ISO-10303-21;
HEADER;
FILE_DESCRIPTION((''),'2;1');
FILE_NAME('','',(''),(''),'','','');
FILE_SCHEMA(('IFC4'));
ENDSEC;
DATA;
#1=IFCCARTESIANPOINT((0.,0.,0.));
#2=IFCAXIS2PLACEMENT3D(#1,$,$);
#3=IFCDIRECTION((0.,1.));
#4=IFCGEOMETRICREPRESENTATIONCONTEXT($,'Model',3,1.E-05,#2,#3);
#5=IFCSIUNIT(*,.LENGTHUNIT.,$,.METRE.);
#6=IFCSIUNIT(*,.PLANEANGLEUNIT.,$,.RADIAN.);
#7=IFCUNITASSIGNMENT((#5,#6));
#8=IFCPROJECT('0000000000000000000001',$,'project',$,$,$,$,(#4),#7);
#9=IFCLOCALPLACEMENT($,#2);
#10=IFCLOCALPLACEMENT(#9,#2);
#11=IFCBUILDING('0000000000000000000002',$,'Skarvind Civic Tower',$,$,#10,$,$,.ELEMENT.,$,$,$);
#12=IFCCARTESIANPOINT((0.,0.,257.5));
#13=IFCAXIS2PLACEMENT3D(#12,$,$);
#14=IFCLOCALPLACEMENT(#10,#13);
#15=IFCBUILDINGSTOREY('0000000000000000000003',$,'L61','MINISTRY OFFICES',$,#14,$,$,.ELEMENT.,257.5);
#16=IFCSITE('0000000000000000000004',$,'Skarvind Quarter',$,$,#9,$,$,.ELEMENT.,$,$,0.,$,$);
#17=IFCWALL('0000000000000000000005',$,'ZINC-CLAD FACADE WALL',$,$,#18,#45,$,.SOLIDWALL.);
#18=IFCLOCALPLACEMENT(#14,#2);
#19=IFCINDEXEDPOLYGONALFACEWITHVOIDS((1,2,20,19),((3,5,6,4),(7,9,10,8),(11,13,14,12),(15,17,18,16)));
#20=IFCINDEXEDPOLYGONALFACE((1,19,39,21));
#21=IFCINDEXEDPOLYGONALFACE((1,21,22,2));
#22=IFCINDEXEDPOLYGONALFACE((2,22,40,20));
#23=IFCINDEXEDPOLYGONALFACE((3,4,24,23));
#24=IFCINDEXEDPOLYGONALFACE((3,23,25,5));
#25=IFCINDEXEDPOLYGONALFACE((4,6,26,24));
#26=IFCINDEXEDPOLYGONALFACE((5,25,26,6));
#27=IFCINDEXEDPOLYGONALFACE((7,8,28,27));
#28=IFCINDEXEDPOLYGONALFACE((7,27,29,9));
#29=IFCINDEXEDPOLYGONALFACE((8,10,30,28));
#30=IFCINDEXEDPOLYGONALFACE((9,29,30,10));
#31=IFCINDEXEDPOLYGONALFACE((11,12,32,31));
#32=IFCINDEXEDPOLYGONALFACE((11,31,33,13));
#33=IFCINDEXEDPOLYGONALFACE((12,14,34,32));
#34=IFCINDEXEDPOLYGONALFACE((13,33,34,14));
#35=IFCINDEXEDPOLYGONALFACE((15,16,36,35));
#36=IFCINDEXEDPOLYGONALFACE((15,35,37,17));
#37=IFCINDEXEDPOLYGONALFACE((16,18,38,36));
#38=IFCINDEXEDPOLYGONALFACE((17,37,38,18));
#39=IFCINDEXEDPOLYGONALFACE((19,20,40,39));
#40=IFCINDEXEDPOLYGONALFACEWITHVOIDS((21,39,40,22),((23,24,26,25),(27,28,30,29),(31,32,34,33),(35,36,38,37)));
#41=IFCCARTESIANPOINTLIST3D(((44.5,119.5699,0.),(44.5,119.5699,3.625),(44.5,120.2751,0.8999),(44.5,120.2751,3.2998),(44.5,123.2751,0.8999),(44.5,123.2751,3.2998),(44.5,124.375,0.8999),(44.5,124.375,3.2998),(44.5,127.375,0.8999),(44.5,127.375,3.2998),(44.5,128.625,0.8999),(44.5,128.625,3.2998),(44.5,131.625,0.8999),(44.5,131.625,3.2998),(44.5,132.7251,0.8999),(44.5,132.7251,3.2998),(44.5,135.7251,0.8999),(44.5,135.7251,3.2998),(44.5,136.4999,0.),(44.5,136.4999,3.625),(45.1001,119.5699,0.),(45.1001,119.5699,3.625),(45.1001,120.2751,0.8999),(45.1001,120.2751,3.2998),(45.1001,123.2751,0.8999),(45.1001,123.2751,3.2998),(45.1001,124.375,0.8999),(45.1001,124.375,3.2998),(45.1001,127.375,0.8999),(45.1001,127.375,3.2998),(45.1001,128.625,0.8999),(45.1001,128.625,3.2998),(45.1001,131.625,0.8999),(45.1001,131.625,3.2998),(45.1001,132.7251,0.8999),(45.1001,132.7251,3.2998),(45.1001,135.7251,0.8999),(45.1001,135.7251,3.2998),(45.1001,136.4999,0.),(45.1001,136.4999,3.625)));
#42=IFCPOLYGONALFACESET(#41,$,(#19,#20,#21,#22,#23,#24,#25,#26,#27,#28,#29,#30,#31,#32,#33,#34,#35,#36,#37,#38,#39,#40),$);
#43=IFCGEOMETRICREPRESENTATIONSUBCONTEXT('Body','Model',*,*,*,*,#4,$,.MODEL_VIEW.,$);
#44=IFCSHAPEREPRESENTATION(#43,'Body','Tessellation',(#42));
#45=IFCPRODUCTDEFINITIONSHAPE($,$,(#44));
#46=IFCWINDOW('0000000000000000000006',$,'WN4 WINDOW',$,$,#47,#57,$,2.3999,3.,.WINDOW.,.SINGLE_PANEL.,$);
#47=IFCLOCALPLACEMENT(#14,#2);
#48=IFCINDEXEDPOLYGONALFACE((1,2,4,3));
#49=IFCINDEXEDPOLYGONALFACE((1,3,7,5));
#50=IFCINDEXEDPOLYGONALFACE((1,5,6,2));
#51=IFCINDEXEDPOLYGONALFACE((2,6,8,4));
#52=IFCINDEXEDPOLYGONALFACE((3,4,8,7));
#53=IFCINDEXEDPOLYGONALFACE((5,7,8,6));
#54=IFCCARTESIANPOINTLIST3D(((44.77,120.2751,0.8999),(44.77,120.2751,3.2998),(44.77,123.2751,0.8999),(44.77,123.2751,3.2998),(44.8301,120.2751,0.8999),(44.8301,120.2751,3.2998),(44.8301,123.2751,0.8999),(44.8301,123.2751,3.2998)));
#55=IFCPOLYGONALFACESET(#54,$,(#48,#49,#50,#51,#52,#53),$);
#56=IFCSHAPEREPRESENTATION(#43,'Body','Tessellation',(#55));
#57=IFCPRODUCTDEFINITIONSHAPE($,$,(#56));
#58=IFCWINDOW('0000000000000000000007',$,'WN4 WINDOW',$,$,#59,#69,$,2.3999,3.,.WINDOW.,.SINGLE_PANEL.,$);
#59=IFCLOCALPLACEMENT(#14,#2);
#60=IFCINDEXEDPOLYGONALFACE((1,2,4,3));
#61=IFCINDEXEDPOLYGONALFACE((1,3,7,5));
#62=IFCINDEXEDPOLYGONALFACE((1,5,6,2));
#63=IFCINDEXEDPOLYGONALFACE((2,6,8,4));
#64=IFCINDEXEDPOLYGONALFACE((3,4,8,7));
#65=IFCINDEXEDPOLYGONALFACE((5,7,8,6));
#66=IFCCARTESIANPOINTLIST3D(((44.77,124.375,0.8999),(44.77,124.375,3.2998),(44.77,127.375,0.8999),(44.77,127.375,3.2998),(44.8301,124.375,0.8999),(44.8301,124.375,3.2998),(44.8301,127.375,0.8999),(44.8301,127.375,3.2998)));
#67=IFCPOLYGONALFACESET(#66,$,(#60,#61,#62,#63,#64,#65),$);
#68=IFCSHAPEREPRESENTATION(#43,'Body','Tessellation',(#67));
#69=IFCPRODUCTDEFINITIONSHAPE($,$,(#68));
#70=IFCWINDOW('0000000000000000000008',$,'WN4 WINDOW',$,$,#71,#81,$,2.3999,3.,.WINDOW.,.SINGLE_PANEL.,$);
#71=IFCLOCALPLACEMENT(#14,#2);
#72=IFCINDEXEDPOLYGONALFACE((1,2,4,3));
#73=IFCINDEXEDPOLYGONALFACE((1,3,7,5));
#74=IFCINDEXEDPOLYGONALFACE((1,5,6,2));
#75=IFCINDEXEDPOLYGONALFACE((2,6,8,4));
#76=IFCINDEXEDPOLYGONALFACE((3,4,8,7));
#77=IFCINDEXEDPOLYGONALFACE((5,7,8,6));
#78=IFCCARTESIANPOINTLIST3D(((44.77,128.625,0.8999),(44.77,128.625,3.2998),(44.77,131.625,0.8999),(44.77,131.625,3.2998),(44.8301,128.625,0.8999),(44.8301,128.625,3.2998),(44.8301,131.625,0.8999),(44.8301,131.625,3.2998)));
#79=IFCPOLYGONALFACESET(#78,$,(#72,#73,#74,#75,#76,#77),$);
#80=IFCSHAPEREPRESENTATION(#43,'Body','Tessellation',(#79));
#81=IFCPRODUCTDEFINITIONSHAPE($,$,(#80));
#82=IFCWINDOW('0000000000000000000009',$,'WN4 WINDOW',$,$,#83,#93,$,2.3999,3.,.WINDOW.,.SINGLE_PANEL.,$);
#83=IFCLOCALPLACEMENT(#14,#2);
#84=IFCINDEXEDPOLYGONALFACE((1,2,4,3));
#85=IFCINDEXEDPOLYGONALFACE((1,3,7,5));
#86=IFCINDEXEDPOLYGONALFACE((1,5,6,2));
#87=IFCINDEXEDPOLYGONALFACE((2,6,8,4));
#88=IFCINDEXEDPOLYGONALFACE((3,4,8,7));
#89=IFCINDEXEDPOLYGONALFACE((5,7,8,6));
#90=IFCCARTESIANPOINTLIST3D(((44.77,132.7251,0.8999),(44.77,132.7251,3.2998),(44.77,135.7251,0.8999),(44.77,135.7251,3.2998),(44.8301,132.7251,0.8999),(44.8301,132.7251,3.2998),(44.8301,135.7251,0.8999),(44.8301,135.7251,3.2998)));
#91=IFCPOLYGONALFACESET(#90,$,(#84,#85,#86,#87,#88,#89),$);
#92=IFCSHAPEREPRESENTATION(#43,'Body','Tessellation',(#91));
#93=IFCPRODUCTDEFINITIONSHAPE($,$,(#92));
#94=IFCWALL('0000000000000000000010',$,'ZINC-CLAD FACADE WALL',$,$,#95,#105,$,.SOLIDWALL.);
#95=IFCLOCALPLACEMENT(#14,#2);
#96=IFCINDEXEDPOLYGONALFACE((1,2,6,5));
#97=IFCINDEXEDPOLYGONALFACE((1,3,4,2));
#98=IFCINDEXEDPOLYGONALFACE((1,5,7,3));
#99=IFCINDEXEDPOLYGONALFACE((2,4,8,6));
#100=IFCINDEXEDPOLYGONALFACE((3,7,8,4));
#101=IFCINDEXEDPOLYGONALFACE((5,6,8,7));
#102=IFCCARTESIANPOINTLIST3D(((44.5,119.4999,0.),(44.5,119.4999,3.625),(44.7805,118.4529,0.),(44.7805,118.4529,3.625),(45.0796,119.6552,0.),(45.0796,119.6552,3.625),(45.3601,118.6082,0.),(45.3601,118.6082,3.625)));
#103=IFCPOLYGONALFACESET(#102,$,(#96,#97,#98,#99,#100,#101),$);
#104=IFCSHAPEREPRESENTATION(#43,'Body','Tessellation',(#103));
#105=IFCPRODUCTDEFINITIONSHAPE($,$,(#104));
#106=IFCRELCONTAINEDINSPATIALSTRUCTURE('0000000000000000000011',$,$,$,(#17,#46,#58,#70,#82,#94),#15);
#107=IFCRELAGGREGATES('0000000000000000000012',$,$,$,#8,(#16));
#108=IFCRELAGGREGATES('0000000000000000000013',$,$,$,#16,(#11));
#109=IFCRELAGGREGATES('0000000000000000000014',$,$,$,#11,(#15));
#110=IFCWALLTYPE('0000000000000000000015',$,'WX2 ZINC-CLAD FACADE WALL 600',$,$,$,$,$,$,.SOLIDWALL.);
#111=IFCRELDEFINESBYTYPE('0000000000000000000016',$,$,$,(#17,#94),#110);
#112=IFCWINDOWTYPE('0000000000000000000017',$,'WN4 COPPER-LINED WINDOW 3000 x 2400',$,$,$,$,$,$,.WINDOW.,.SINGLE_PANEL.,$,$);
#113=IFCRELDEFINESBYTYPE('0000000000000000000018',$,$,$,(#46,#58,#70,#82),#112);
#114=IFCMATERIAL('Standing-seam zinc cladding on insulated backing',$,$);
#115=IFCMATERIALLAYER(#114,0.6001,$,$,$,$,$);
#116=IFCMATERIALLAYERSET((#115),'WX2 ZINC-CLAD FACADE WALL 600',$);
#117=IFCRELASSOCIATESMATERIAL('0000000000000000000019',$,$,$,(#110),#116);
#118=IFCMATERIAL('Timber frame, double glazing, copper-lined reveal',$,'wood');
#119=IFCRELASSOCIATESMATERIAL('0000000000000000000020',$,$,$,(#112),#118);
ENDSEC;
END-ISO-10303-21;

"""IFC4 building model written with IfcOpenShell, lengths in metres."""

from ifc_helpers import new_model, si_unit, direction, frame, frame_2d, origin, place, context, subcontext, project, spatial, rectangle, extrude, material, layer, layer_set, type_object, element, fill, save


model = new_model("IFC4")

# Units and contexts
model_context = context("Model", 3, precision=1e-05, world=origin(), true_north=direction((0.0, 1.0)))
body_context = subcontext(model_context, "Body", "Model", "MODEL_VIEW")
ifc_project = project(units=[si_unit("LENGTHUNIT", "METRE"), si_unit("PLANEANGLEUNIT", "RADIAN")], contexts=[model_context])

# Site, building, storey
site_placement = place(None, origin())
site = spatial("IfcSite", under=ifc_project, at=site_placement, Name="Skarvind Quarter", CompositionType="ELEMENT", RefElevation=0.0)
building_placement = place(site_placement, origin())
building = spatial("IfcBuilding", under=site, at=building_placement, Name="Skarvind Civic Tower", CompositionType="ELEMENT")
storey_placement = place(building_placement, frame((0.0, 0.0, 257.5)))
storey = spatial("IfcBuildingStorey", under=building, at=storey_placement, Name="L61", Description="MINISTRY OFFICES", CompositionType="ELEMENT", Elevation=257.5)

# Wall, openings, windows
ifc_material_1 = material(Name="Standing-seam zinc cladding on insulated backing")
ifc_layer_1 = layer(ifc_material_1, 0.6001)
ifc_layer_set_1 = layer_set([ifc_layer_1], Name="WX2 ZINC-CLAD FACADE WALL 600")
wall_type_1 = type_object("IfcWallType", Name="WX2 ZINC-CLAD FACADE WALL 600", PredefinedType="SOLIDWALL", material=ifc_layer_set_1)
wall_1_placement = place(storey_placement, frame((44.8, 119.5701, 0.0), z_axis=(0.0, 0.0, 1.0), x_axis=(0.0, 1.0, 0.0)))
wall_1 = element("IfcWall", 1, at=wall_1_placement, inside=storey, type_object=wall_type_1, Name="ZINC-CLAD FACADE WALL", PredefinedType="SOLIDWALL", context=body_context, shape_type="SweptSolid", body=[
    extrude(rectangle(XDim=16.9299, YDim=0.6001, at=frame_2d((8.4648, 0.0))), origin(), (0.0, 0.0, 1.0), 3.625),
])
opening_1_placement = place(wall_1_placement, frame((0.7051, 0.0, 0.8999)))
opening_1 = element("IfcOpeningElement", 2, at=opening_1_placement, cuts=wall_1, PredefinedType="OPENING", context=body_context, shape_type="SweptSolid", body=[
    extrude(rectangle(XDim=3.0, YDim=2.3999, at=frame_2d((1.5, 1.2))), frame((0.0, 0.3101, 0.0), z_axis=(0.0, -1.0, 0.0), x_axis=(1.0, 0.0, 0.0)), (0.0, 0.0, 1.0), 0.6201),
])
opening_2_placement = place(wall_1_placement, frame((4.8049, 0.0, 0.8999)))
opening_2 = element("IfcOpeningElement", 3, at=opening_2_placement, cuts=wall_1, PredefinedType="OPENING", context=body_context, shape_type="SweptSolid", body=[
    extrude(rectangle(XDim=3.0, YDim=2.3999, at=frame_2d((1.5, 1.2))), frame((0.0, 0.3101, 0.0), z_axis=(0.0, -1.0, 0.0), x_axis=(1.0, 0.0, 0.0)), (0.0, 0.0, 1.0), 0.6201),
])
opening_3_placement = place(wall_1_placement, frame((9.0549, 0.0, 0.8999)))
opening_3 = element("IfcOpeningElement", 4, at=opening_3_placement, cuts=wall_1, PredefinedType="OPENING", context=body_context, shape_type="SweptSolid", body=[
    extrude(rectangle(XDim=3.0, YDim=2.3999, at=frame_2d((1.5, 1.2))), frame((0.0, 0.3101, 0.0), z_axis=(0.0, -1.0, 0.0), x_axis=(1.0, 0.0, 0.0)), (0.0, 0.0, 1.0), 0.6201),
])
opening_4_placement = place(wall_1_placement, frame((13.155, 0.0, 0.8999)))
opening_4 = element("IfcOpeningElement", 5, at=opening_4_placement, cuts=wall_1, PredefinedType="OPENING", context=body_context, shape_type="SweptSolid", body=[
    extrude(rectangle(XDim=3.0, YDim=2.3999, at=frame_2d((1.5, 1.2))), frame((0.0, 0.3101, 0.0), z_axis=(0.0, -1.0, 0.0), x_axis=(1.0, 0.0, 0.0)), (0.0, 0.0, 1.0), 0.6201),
])
ifc_material_2 = material(Name="Timber frame, double glazing, copper-lined reveal", Category="wood")
window_type = type_object("IfcWindowType", Name="WN4 COPPER-LINED WINDOW 3000 x 2400", PartitioningType="SINGLE_PANEL", PredefinedType="WINDOW", material=ifc_material_2)
window_1_placement = place(opening_1_placement, origin())
window_1 = element("IfcWindow", 6, at=window_1_placement, inside=storey, type_object=window_type, Name="WN4 WINDOW", OverallHeight=2.3999, OverallWidth=3.0, PartitioningType="SINGLE_PANEL", PredefinedType="WINDOW", context=body_context, shape_type="SweptSolid", body=[
    extrude(rectangle(XDim=3.0, YDim=2.3999, at=frame_2d((1.5, 1.2))), frame((0.0, 0.03, 0.0), z_axis=(0.0, -1.0, 0.0), x_axis=(1.0, 0.0, 0.0)), (0.0, 0.0, 1.0), 0.0601),
])
fill(opening_1, window_1)
window_2_placement = place(opening_2_placement, origin())
window_2 = element("IfcWindow", 7, at=window_2_placement, inside=storey, type_object=window_type, Name="WN4 WINDOW", OverallHeight=2.3999, OverallWidth=3.0, PartitioningType="SINGLE_PANEL", PredefinedType="WINDOW", context=body_context, shape_type="SweptSolid", body=[
    extrude(rectangle(XDim=3.0, YDim=2.3999, at=frame_2d((1.5, 1.2))), frame((0.0, 0.03, 0.0), z_axis=(0.0, -1.0, 0.0), x_axis=(1.0, 0.0, 0.0)), (0.0, 0.0, 1.0), 0.0601),
])
fill(opening_2, window_2)
window_3_placement = place(opening_3_placement, origin())
window_3 = element("IfcWindow", 8, at=window_3_placement, inside=storey, type_object=window_type, Name="WN4 WINDOW", OverallHeight=2.3999, OverallWidth=3.0, PartitioningType="SINGLE_PANEL", PredefinedType="WINDOW", context=body_context, shape_type="SweptSolid", body=[
    extrude(rectangle(XDim=3.0, YDim=2.3999, at=frame_2d((1.5, 1.2))), frame((0.0, 0.03, 0.0), z_axis=(0.0, -1.0, 0.0), x_axis=(1.0, 0.0, 0.0)), (0.0, 0.0, 1.0), 0.0601),
])
fill(opening_3, window_3)
window_4_placement = place(opening_4_placement, origin())
window_4 = element("IfcWindow", 9, at=window_4_placement, inside=storey, type_object=window_type, Name="WN4 WINDOW", OverallHeight=2.3999, OverallWidth=3.0, PartitioningType="SINGLE_PANEL", PredefinedType="WINDOW", context=body_context, shape_type="SweptSolid", body=[
    extrude(rectangle(XDim=3.0, YDim=2.3999, at=frame_2d((1.5, 1.2))), frame((0.0, 0.03, 0.0), z_axis=(0.0, -1.0, 0.0), x_axis=(1.0, 0.0, 0.0)), (0.0, 0.0, 1.0), 0.0601),
])
fill(opening_4, window_4)

# Wall
wall_2_placement = place(storey_placement, frame((45.0703, 118.5305, 0.0), z_axis=(0.0, 0.0, 1.0), x_axis=(-0.25877, 0.965939, 0.0)))
element("IfcWall", 10, at=wall_2_placement, inside=storey, type_object=wall_type_1, Name="ZINC-CLAD FACADE WALL", PredefinedType="SOLIDWALL", context=body_context, shape_type="SweptSolid", body=[
    extrude(rectangle(XDim=1.084, YDim=0.6001, at=frame_2d((0.542, 0.0))), origin(), (0.0, 0.0, 1.0), 3.625),
])

save(model, "model.ifc")
